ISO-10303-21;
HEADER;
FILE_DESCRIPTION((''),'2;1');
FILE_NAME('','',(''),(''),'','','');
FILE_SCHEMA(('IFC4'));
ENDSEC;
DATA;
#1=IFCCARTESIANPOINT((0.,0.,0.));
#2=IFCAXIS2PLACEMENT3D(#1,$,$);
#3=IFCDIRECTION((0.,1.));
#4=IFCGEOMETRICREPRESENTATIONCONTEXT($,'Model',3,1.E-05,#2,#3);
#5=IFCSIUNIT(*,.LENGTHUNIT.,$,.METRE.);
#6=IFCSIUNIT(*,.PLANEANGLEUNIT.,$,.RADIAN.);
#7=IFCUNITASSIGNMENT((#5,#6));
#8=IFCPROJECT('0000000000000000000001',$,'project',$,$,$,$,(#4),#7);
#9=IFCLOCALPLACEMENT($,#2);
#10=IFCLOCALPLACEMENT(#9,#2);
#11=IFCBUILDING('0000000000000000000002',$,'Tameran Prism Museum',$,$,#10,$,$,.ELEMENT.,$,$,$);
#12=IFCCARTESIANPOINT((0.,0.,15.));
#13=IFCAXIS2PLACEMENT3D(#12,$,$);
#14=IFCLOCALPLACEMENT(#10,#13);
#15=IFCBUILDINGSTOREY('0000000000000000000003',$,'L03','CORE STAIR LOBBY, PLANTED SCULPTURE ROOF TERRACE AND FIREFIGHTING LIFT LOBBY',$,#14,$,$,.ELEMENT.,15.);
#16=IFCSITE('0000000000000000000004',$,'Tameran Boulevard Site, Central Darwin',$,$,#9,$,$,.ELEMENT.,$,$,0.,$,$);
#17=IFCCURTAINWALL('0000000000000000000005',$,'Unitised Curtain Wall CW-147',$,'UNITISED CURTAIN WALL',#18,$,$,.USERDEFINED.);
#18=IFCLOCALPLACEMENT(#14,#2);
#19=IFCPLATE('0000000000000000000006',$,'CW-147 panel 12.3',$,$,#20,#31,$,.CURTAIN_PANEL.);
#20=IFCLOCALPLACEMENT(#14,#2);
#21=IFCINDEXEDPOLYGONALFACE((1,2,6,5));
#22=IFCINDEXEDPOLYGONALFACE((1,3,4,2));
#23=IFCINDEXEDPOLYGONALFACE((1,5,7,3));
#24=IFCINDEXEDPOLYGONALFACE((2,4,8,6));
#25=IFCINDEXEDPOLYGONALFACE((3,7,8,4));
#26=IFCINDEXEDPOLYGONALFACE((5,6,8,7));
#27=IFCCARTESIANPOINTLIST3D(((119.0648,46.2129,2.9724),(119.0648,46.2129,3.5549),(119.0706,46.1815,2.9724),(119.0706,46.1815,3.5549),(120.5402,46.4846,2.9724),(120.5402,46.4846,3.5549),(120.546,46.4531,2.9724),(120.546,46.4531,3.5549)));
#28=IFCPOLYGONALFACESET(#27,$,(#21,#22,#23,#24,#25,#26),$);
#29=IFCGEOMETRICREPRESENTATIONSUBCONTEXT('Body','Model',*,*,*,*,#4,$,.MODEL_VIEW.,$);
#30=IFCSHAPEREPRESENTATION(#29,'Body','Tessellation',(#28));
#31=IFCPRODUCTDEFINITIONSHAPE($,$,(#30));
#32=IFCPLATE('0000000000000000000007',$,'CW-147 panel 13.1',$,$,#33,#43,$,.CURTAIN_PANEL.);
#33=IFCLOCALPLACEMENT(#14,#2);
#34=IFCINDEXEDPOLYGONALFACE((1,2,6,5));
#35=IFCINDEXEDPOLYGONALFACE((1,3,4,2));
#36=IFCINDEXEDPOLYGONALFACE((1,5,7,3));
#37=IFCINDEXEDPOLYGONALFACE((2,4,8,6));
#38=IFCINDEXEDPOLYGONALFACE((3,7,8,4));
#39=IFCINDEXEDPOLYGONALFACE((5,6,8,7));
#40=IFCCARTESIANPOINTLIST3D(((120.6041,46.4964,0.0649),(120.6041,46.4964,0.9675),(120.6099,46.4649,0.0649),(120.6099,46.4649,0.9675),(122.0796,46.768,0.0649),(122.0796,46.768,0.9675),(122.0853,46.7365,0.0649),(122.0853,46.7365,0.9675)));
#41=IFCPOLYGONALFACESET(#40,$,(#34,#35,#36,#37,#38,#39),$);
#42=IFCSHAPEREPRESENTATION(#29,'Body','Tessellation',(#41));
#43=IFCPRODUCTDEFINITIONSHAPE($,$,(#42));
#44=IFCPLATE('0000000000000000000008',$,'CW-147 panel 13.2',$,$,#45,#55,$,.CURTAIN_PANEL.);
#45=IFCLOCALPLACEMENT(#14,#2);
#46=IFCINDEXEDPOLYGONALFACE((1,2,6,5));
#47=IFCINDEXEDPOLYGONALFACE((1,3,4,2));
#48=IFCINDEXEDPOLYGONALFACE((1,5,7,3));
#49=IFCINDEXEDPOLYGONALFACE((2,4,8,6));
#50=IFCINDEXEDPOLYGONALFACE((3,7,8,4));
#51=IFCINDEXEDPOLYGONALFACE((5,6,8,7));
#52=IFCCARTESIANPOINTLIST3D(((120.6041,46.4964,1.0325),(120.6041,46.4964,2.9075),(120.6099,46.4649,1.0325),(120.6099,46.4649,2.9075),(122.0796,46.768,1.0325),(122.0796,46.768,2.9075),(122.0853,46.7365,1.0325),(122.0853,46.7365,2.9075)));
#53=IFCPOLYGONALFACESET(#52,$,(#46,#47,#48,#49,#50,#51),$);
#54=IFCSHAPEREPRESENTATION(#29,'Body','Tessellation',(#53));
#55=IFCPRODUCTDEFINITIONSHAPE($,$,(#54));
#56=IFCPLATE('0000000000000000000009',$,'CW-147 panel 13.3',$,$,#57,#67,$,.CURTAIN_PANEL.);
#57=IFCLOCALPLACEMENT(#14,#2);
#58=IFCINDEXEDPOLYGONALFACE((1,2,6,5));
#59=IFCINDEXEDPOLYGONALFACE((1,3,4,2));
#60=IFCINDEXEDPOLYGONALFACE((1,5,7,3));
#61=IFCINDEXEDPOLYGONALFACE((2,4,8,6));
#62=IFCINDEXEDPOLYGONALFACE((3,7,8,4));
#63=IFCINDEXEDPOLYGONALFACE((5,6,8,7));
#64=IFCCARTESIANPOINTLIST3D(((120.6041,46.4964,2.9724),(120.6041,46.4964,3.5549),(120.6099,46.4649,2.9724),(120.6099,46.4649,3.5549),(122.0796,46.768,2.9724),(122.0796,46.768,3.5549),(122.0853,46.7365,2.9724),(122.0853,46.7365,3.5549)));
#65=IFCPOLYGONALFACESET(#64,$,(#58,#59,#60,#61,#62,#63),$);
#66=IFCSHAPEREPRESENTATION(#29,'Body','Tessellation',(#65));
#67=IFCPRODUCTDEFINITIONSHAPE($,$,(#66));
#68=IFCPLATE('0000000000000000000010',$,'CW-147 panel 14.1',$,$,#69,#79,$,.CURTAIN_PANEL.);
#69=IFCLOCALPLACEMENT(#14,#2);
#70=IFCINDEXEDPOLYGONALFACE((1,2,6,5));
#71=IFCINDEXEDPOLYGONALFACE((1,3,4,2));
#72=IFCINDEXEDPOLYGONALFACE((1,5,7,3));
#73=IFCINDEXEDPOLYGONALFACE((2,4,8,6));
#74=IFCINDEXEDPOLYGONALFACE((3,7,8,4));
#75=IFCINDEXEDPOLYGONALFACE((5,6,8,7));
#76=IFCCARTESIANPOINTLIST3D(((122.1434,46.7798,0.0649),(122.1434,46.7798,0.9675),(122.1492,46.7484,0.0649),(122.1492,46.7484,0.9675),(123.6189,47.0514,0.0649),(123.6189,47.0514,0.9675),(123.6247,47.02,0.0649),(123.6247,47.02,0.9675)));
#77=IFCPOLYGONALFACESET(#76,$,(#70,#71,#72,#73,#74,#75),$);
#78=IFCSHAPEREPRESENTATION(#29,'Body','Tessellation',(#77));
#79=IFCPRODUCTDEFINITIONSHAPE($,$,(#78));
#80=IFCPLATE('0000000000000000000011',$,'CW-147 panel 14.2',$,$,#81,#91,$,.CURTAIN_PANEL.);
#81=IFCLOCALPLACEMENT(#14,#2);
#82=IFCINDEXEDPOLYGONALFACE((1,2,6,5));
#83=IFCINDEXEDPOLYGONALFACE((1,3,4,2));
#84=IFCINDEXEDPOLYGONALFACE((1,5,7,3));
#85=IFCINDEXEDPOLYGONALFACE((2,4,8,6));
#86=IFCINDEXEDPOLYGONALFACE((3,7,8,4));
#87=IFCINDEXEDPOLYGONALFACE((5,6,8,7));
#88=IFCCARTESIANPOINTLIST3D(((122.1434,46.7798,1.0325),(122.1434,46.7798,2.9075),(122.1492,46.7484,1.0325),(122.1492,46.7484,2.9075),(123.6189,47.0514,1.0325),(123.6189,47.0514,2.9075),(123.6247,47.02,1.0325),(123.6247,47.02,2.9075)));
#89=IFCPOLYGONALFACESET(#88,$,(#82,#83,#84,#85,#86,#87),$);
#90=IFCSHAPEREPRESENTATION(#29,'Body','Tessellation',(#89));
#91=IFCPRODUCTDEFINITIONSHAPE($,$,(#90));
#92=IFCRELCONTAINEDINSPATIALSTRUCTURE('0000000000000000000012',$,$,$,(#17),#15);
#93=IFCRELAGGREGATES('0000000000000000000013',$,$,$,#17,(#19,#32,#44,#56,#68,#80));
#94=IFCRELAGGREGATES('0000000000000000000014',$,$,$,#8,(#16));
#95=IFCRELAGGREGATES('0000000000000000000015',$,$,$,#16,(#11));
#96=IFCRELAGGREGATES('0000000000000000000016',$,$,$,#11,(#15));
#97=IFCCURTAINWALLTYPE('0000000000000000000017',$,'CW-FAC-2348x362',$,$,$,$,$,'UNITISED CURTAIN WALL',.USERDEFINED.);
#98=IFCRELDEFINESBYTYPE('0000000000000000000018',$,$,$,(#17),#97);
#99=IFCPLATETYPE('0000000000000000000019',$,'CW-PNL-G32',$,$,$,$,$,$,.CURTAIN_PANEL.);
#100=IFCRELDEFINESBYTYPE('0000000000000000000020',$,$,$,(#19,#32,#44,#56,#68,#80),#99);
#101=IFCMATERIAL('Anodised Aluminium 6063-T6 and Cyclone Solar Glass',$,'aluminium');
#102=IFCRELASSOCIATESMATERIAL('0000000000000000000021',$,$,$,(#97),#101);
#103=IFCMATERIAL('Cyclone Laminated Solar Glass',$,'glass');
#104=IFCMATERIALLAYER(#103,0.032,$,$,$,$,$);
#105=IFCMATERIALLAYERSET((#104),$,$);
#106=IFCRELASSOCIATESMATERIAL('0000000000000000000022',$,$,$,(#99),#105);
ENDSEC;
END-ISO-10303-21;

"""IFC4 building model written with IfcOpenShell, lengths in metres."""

from ifc_helpers import new_model, si_unit, direction, frame, origin, origin_2d, place, context, subcontext, project, spatial, rectangle, extrude, material, layer, layer_set, type_object, element, aggregate, save


model = new_model("IFC4")

# Units and contexts
model_context = context("Model", 3, precision=1e-05, world=origin(), true_north=direction((0.0, 1.0)))
body_context = subcontext(model_context, "Body", "Model", "MODEL_VIEW")
ifc_project = project(units=[si_unit("LENGTHUNIT", "METRE"), si_unit("PLANEANGLEUNIT", "RADIAN")], contexts=[model_context])

# Site, building, storey
site_placement = place(None, origin())
site = spatial("IfcSite", under=ifc_project, at=site_placement, Name="Tameran Boulevard Site, Central Darwin", CompositionType="ELEMENT", RefElevation=0.0)
building_placement = place(site_placement, origin())
building = spatial("IfcBuilding", under=site, at=building_placement, Name="Tameran Prism Museum", CompositionType="ELEMENT")
storey_placement = place(building_placement, frame((0.0, 0.0, 15.0)))
storey = spatial("IfcBuildingStorey", under=building, at=storey_placement, Name="L03", Description="CORE STAIR LOBBY, PLANTED SCULPTURE ROOF TERRACE AND FIREFIGHTING LIFT LOBBY", CompositionType="ELEMENT", Elevation=15.0)

# Curtain wall, plates
ifc_material_1 = material(Name="Anodised Aluminium 6063-T6 and Cyclone Solar Glass", Category="aluminium")
curtain_wall_type = type_object("IfcCurtainWallType", Name="CW-FAC-2348x362", ElementType="UNITISED CURTAIN WALL", PredefinedType="USERDEFINED", material=ifc_material_1)
curtain_wall_placement = place(storey_placement, origin())
curtain_wall = element("IfcCurtainWall", 1, at=curtain_wall_placement, inside=storey, type_object=curtain_wall_type, Name="Unitised Curtain Wall CW-147", ObjectType="UNITISED CURTAIN WALL", PredefinedType="USERDEFINED")
ifc_material_2 = material(Name="Cyclone Laminated Solar Glass", Category="glass")
ifc_layer = layer(ifc_material_2, 0.032)
ifc_layer_set = layer_set([ifc_layer])
plate_type = type_object("IfcPlateType", Name="CW-PNL-G32", PredefinedType="CURTAIN_PANEL", material=ifc_layer_set)
plate_1_placement = place(storey_placement, frame((119.8054, 46.333, 2.9724), z_axis=(0.0, 0.0, 1.0), x_axis=(0.983472, 0.181063, 0.0)))
plate_1 = element("IfcPlate", 2, at=plate_1_placement, type_object=plate_type, Name="CW-147 panel 12.3", PredefinedType="CURTAIN_PANEL", context=body_context, shape_type="SweptSolid", body=[
    extrude(rectangle(XDim=1.5002, YDim=0.032, at=origin_2d()), origin(), (0.0, 0.0, 1.0), 0.5825),
])
plate_2_placement = place(storey_placement, frame((121.3447, 46.6165, 0.0649), z_axis=(0.0, 0.0, 1.0), x_axis=(0.983472, 0.181063, 0.0)))
plate_2 = element("IfcPlate", 3, at=plate_2_placement, type_object=plate_type, Name="CW-147 panel 13.1", PredefinedType="CURTAIN_PANEL", context=body_context, shape_type="SweptSolid", body=[
    extrude(rectangle(XDim=1.5002, YDim=0.032, at=origin_2d()), origin(), (0.0, 0.0, 1.0), 0.9026),
])
plate_3_placement = place(storey_placement, frame((121.3447, 46.6165, 1.0325), z_axis=(0.0, 0.0, 1.0), x_axis=(0.983472, 0.181063, 0.0)))
plate_3 = element("IfcPlate", 4, at=plate_3_placement, type_object=plate_type, Name="CW-147 panel 13.2", PredefinedType="CURTAIN_PANEL", context=body_context, shape_type="SweptSolid", body=[
    extrude(rectangle(XDim=1.5002, YDim=0.032, at=origin_2d()), origin(), (0.0, 0.0, 1.0), 1.875),
])
plate_4_placement = place(storey_placement, frame((121.3447, 46.6165, 2.9724), z_axis=(0.0, 0.0, 1.0), x_axis=(0.983472, 0.181063, 0.0)))
plate_4 = element("IfcPlate", 5, at=plate_4_placement, type_object=plate_type, Name="CW-147 panel 13.3", PredefinedType="CURTAIN_PANEL", context=body_context, shape_type="SweptSolid", body=[
    extrude(rectangle(XDim=1.5002, YDim=0.032, at=origin_2d()), origin(), (0.0, 0.0, 1.0), 0.5825),
])
plate_5_placement = place(storey_placement, frame((122.884, 46.8999, 0.0649), z_axis=(0.0, 0.0, 1.0), x_axis=(0.983472, 0.181063, 0.0)))
plate_5 = element("IfcPlate", 6, at=plate_5_placement, type_object=plate_type, Name="CW-147 panel 14.1", PredefinedType="CURTAIN_PANEL", context=body_context, shape_type="SweptSolid", body=[
    extrude(rectangle(XDim=1.5002, YDim=0.032, at=origin_2d()), origin(), (0.0, 0.0, 1.0), 0.9026),
])
plate_6_placement = place(storey_placement, frame((122.884, 46.8999, 1.0325), z_axis=(0.0, 0.0, 1.0), x_axis=(0.983472, 0.181063, 0.0)))
plate_6 = element("IfcPlate", 7, at=plate_6_placement, type_object=plate_type, Name="CW-147 panel 14.2", PredefinedType="CURTAIN_PANEL", context=body_context, shape_type="SweptSolid", body=[
    extrude(rectangle(XDim=1.5002, YDim=0.032, at=origin_2d()), origin(), (0.0, 0.0, 1.0), 1.875),
])
aggregate(curtain_wall, [plate_1, plate_2, plate_3, plate_4, plate_5, plate_6])

save(model, "model.ifc")
